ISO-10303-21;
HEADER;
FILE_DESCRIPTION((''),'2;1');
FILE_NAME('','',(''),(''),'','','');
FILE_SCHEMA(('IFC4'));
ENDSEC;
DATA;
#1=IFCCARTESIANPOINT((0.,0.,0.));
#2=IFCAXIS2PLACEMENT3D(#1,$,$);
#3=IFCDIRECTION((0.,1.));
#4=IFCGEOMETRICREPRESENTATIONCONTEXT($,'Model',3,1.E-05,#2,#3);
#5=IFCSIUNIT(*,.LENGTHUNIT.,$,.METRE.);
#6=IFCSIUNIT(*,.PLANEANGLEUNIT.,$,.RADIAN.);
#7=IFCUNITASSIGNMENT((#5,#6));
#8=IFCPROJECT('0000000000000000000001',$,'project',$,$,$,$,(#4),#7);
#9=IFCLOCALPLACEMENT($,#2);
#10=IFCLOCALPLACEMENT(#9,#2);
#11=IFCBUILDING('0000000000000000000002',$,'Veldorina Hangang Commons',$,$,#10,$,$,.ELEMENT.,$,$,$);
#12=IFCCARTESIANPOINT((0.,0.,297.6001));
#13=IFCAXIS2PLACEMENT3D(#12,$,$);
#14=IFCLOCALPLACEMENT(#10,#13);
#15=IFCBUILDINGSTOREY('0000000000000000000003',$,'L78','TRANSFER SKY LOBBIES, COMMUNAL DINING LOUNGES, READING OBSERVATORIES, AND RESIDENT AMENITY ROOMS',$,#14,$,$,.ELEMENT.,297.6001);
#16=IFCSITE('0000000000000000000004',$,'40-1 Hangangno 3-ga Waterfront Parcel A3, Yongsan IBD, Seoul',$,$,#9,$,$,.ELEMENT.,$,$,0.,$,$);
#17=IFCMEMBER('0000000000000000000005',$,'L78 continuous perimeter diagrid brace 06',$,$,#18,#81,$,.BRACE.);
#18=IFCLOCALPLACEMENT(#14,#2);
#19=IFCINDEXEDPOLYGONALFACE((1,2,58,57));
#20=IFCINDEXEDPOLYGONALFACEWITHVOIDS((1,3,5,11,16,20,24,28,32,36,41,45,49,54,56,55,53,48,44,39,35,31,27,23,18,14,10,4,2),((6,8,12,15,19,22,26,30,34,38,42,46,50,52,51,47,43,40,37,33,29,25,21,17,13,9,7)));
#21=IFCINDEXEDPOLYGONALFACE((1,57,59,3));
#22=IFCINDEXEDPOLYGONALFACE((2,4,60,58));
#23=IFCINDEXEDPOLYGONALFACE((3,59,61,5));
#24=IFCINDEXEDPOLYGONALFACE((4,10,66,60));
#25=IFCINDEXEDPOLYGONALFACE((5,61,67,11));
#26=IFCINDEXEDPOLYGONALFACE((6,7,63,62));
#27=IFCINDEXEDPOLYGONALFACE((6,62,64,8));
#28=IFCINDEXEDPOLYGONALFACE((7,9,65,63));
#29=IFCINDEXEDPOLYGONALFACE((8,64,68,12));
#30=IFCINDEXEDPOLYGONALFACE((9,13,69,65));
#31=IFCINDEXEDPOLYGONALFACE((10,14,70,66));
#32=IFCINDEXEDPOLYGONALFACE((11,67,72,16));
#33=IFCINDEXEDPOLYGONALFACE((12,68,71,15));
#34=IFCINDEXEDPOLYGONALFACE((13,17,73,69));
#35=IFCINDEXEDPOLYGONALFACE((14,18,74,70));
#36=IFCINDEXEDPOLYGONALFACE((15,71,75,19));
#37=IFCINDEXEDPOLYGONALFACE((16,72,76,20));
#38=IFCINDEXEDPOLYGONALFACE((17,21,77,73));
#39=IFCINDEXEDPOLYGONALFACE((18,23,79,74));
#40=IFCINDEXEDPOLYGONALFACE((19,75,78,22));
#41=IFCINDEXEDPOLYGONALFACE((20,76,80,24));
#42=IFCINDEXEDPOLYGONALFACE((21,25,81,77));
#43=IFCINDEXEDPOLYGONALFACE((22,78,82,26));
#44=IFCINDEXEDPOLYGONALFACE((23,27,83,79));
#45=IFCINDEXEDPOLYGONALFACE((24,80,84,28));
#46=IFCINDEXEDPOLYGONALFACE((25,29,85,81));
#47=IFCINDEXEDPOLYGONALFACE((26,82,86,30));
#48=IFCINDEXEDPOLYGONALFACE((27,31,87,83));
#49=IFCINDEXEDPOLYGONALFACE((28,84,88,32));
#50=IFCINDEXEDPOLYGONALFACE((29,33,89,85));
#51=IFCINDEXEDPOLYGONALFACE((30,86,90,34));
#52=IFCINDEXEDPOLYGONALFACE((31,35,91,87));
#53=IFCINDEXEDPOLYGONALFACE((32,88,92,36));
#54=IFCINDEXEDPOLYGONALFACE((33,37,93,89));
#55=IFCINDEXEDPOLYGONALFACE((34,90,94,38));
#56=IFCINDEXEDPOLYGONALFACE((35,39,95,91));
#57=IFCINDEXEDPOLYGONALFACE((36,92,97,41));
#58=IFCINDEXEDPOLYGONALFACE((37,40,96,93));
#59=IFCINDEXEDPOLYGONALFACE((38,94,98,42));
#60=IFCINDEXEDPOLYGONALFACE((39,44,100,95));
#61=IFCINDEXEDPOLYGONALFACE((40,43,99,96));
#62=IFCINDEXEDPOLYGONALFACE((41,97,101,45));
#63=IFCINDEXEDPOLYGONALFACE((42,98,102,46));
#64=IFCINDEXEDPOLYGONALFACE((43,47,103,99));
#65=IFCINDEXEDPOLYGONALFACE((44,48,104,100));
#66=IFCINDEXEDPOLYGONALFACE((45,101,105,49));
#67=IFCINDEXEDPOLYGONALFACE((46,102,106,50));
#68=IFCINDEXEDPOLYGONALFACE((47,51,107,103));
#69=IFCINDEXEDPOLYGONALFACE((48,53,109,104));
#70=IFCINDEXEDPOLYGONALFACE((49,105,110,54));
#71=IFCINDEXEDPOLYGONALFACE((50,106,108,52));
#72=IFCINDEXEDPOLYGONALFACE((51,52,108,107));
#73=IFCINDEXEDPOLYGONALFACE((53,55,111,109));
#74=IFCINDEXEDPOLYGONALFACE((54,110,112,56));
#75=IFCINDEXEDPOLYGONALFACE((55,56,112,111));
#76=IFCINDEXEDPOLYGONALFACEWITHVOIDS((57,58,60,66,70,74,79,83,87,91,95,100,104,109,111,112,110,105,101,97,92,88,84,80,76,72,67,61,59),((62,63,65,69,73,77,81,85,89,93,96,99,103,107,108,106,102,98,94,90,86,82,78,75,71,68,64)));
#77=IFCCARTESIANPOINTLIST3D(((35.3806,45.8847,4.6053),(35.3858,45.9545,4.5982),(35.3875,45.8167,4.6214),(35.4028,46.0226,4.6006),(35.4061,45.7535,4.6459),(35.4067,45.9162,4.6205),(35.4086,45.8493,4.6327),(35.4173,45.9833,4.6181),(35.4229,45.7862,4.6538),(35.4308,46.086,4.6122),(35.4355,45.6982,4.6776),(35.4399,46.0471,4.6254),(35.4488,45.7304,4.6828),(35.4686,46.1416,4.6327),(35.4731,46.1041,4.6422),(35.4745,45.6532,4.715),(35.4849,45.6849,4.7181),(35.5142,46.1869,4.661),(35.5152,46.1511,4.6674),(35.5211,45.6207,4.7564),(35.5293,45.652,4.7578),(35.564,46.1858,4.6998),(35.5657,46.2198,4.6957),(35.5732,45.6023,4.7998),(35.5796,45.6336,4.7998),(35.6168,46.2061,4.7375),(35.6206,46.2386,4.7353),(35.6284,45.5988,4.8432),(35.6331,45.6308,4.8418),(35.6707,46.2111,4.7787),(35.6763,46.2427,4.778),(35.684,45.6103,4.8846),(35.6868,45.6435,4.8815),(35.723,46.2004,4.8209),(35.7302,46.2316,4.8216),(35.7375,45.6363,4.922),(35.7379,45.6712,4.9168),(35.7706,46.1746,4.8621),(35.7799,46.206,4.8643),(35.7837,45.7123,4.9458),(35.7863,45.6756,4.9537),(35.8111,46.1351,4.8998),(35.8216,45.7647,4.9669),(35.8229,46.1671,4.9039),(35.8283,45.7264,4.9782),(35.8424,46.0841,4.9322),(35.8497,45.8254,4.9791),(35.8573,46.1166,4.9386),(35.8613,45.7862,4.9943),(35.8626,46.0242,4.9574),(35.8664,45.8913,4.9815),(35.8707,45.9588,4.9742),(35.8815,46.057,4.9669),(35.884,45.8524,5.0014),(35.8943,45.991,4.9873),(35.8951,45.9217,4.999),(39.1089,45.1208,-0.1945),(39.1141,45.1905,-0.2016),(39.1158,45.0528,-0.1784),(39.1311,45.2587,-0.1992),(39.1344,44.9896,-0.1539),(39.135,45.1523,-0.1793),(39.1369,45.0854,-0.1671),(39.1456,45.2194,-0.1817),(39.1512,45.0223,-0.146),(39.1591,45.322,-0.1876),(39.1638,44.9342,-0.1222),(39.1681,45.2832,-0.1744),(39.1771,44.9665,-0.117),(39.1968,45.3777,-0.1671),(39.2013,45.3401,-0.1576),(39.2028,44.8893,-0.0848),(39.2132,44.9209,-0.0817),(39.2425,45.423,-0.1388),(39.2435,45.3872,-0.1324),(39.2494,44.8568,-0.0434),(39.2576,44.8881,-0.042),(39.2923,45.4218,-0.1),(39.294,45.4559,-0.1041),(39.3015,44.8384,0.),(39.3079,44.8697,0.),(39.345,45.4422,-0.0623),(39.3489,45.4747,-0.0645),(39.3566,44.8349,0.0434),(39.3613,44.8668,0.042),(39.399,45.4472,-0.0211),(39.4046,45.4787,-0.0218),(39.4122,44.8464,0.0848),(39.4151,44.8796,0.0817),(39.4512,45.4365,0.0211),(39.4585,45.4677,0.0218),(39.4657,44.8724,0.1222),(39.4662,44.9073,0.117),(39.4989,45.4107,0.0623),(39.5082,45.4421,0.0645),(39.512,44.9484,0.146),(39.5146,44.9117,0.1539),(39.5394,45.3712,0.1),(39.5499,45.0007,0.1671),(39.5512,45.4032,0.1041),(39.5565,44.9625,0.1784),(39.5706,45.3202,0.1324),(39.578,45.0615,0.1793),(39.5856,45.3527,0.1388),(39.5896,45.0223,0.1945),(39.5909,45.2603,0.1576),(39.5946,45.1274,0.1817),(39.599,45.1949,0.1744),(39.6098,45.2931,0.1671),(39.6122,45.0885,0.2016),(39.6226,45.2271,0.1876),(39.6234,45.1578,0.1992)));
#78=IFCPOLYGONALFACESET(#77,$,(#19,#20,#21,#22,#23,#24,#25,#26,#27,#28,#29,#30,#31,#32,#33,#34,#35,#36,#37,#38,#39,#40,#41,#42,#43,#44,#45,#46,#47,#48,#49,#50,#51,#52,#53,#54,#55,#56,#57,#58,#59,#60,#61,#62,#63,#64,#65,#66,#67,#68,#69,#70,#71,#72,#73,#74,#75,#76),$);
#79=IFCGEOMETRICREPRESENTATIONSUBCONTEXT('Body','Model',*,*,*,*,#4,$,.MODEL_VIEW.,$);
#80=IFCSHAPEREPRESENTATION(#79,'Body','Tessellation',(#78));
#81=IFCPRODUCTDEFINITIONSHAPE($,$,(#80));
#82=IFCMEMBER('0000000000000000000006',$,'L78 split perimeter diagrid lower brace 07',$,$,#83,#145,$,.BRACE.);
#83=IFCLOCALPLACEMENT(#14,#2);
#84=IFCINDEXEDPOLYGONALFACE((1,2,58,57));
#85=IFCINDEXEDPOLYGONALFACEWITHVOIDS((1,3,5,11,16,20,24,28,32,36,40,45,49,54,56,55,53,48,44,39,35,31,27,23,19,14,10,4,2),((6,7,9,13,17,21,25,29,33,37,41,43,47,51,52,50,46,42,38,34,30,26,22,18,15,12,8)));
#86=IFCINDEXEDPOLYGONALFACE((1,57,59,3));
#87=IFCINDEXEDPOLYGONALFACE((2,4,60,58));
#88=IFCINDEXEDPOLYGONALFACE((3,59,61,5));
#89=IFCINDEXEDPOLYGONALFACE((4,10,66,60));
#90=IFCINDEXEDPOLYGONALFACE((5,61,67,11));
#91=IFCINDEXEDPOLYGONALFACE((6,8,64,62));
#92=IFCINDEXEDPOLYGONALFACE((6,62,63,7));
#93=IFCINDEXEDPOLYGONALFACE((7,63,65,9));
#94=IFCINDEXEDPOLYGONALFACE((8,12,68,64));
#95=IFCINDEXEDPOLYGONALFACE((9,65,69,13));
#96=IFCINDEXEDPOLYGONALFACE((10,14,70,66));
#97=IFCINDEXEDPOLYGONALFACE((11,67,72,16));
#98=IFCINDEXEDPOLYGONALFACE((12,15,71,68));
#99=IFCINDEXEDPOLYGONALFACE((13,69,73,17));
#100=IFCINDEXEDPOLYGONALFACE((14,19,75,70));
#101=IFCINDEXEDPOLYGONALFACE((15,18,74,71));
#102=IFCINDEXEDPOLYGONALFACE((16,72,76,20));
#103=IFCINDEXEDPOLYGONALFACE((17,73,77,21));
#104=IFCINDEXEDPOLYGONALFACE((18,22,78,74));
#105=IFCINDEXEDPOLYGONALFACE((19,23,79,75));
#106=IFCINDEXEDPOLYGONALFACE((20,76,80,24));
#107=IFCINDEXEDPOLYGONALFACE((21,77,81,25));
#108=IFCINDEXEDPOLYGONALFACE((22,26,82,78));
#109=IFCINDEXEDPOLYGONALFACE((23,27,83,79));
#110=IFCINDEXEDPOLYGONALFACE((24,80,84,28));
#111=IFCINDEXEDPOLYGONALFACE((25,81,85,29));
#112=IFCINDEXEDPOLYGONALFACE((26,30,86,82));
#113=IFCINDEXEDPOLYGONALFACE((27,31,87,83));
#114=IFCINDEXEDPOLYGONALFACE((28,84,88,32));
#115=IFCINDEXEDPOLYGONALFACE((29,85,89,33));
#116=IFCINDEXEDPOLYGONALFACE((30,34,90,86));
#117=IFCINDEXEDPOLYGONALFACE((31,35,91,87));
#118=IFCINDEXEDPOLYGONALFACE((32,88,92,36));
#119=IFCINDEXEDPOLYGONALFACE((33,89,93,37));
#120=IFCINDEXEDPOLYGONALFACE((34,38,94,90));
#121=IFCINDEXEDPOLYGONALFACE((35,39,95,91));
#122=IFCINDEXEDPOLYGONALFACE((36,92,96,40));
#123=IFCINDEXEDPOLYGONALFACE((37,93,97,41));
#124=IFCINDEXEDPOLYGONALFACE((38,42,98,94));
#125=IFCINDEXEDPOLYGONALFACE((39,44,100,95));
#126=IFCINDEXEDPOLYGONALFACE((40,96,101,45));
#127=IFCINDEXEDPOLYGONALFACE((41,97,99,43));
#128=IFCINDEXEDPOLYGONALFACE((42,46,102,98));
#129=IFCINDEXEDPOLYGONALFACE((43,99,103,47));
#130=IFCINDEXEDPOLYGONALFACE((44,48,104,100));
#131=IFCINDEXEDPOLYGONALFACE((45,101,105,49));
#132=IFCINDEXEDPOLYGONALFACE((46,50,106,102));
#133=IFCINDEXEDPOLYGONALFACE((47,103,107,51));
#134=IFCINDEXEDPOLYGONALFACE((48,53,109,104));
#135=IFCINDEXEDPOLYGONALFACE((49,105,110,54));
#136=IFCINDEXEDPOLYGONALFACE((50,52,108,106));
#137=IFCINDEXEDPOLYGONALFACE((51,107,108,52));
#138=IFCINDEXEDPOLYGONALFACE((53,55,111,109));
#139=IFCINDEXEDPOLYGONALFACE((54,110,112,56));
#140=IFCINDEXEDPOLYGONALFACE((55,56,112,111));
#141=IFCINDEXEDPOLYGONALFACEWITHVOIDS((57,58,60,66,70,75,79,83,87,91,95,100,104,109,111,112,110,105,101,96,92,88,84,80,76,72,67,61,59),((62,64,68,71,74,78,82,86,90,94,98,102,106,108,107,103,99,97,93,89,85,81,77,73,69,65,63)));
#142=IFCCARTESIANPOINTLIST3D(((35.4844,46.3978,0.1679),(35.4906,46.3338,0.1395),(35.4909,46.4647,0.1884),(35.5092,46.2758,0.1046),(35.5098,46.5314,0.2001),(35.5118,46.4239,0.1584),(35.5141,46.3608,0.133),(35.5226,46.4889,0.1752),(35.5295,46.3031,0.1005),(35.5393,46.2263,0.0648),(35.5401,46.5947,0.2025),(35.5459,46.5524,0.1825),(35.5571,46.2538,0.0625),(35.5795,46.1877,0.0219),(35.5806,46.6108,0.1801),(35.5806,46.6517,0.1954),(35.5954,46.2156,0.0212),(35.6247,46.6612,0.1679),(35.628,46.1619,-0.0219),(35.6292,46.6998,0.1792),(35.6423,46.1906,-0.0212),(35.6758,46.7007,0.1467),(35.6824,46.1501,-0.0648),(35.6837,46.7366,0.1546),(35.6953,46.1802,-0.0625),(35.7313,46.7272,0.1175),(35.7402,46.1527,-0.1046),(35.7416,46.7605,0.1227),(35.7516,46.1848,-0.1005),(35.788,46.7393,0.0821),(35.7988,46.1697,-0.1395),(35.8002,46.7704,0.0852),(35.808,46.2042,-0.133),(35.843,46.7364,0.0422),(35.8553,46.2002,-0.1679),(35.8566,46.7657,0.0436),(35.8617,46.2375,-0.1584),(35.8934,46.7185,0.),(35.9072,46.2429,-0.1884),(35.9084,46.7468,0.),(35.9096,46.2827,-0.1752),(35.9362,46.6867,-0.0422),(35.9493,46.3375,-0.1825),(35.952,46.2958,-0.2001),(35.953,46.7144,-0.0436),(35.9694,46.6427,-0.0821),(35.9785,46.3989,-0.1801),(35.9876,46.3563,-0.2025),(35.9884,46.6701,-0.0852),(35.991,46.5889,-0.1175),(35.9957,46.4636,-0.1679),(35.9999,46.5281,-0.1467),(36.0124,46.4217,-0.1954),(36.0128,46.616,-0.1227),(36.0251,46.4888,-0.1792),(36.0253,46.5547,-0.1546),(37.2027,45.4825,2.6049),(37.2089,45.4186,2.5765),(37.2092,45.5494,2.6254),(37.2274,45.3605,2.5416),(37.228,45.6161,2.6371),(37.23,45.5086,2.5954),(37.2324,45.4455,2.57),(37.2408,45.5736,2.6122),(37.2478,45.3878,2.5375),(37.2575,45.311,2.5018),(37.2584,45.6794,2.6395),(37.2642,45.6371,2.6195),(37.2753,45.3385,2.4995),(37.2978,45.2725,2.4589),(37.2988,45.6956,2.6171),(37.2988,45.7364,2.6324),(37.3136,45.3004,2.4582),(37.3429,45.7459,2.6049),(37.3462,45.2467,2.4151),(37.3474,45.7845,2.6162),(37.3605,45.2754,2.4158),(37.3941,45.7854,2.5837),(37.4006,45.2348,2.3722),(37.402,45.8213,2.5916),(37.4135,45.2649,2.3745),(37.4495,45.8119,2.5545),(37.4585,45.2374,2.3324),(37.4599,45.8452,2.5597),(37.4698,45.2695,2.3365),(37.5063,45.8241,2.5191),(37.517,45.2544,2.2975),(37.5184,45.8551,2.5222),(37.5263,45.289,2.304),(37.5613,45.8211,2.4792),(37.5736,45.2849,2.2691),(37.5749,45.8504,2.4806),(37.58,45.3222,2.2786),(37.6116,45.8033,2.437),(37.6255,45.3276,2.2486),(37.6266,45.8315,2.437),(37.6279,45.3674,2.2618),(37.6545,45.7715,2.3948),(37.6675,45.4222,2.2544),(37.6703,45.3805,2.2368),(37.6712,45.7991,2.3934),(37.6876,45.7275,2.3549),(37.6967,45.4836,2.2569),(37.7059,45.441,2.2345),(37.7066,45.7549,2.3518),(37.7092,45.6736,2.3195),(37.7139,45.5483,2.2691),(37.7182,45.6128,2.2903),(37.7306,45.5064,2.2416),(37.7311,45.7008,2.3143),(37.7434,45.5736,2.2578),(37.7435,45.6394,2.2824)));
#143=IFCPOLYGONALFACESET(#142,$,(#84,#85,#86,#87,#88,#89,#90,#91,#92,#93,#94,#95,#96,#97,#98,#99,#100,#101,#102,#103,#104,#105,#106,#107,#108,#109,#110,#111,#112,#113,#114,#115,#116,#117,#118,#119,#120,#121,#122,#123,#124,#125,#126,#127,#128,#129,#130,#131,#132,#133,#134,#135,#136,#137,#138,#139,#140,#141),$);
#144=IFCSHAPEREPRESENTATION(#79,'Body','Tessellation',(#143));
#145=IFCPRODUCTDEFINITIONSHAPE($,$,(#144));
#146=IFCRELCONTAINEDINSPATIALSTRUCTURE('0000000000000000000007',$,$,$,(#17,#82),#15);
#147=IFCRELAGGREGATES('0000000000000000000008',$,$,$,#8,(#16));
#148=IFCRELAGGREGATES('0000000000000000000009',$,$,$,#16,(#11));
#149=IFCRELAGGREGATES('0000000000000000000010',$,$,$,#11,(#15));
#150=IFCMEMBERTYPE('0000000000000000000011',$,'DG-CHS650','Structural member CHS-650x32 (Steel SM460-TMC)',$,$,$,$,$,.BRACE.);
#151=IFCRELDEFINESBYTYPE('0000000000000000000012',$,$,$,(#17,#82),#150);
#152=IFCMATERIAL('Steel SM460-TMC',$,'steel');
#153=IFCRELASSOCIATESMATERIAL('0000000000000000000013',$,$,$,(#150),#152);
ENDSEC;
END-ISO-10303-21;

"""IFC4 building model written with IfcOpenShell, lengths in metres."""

from ifc_helpers import new_model, si_unit, direction, frame, origin, origin_2d, place, context, subcontext, project, spatial, hollow_circle, extrude, material, material_profile, profile_set, type_object, element, save


model = new_model("IFC4")

# Units and contexts
model_context = context("Model", 3, precision=1e-05, world=origin(), true_north=direction((0.0, 1.0)))
body_context = subcontext(model_context, "Body", "Model", "MODEL_VIEW")
ifc_project = project(units=[si_unit("LENGTHUNIT", "METRE"), si_unit("PLANEANGLEUNIT", "RADIAN")], contexts=[model_context])

# Site, building, storey
site_placement = place(None, origin())
site = spatial("IfcSite", under=ifc_project, at=site_placement, Name="40-1 Hangangno 3-ga Waterfront Parcel A3, Yongsan IBD, Seoul", CompositionType="ELEMENT", RefElevation=0.0)
building_placement = place(site_placement, origin())
building = spatial("IfcBuilding", under=site, at=building_placement, Name="Veldorina Hangang Commons", CompositionType="ELEMENT")
storey_placement = place(building_placement, frame((0.0, 0.0, 297.6001)))
storey = spatial("IfcBuildingStorey", under=building, at=storey_placement, Name="L78", Description="TRANSFER SKY LOBBIES, COMMUNAL DINING LOUNGES, READING OBSERVATORIES, AND RESIDENT AMENITY ROOMS", CompositionType="ELEMENT", Elevation=297.6001)

# Shared definitions
ifc_material_1 = material(Name="Steel SM460-TMC", Category="steel")

# Members
ifc_material_profile_1 = material_profile(ifc_material_1, hollow_circle(Radius=0.325, WallThickness=0.032, at=origin_2d()), Name="CHS-650x32")
ifc_profile_set_1 = profile_set([ifc_material_profile_1], Name="Steel SM460-TMC")
member_type_1 = type_object("IfcMemberType", Name="DG-CHS650", Description="Structural member CHS-650x32 (Steel SM460-TMC)", PredefinedType="BRACE", material=ifc_profile_set_1)
member_1_placement = place(storey_placement, frame((39.3667, 45.1567, 0.0), z_axis=(-0.608648, 0.124711, 0.783578), x_axis=(-0.200728, -0.979647, 0.0)))
element("IfcMember", 1, at=member_1_placement, inside=storey, type_object=member_type_1, Name="L78 continuous perimeter diagrid brace 06", PredefinedType="BRACE", context=body_context, shape_type="SweptSolid", body=[
    extrude(hollow_circle(Radius=0.325, WallThickness=0.032, at=origin_2d()), origin(), (0.0, 0.0, 1.0), 6.1255),
])
member_2_placement = place(storey_placement, frame((35.7556, 46.46, 0.0), z_axis=(0.550872, -0.293438, 0.781302), x_axis=(0.470139, 0.882592, 0.0)))
element("IfcMember", 2, at=member_2_placement, inside=storey, type_object=member_type_1, Name="L78 split perimeter diagrid lower brace 07", PredefinedType="BRACE", context=body_context, shape_type="SweptSolid", body=[
    extrude(hollow_circle(Radius=0.325, WallThickness=0.032, at=origin_2d()), origin(), (0.0, 0.0, 1.0), 3.1191),
])

save(model, "model.ifc")
